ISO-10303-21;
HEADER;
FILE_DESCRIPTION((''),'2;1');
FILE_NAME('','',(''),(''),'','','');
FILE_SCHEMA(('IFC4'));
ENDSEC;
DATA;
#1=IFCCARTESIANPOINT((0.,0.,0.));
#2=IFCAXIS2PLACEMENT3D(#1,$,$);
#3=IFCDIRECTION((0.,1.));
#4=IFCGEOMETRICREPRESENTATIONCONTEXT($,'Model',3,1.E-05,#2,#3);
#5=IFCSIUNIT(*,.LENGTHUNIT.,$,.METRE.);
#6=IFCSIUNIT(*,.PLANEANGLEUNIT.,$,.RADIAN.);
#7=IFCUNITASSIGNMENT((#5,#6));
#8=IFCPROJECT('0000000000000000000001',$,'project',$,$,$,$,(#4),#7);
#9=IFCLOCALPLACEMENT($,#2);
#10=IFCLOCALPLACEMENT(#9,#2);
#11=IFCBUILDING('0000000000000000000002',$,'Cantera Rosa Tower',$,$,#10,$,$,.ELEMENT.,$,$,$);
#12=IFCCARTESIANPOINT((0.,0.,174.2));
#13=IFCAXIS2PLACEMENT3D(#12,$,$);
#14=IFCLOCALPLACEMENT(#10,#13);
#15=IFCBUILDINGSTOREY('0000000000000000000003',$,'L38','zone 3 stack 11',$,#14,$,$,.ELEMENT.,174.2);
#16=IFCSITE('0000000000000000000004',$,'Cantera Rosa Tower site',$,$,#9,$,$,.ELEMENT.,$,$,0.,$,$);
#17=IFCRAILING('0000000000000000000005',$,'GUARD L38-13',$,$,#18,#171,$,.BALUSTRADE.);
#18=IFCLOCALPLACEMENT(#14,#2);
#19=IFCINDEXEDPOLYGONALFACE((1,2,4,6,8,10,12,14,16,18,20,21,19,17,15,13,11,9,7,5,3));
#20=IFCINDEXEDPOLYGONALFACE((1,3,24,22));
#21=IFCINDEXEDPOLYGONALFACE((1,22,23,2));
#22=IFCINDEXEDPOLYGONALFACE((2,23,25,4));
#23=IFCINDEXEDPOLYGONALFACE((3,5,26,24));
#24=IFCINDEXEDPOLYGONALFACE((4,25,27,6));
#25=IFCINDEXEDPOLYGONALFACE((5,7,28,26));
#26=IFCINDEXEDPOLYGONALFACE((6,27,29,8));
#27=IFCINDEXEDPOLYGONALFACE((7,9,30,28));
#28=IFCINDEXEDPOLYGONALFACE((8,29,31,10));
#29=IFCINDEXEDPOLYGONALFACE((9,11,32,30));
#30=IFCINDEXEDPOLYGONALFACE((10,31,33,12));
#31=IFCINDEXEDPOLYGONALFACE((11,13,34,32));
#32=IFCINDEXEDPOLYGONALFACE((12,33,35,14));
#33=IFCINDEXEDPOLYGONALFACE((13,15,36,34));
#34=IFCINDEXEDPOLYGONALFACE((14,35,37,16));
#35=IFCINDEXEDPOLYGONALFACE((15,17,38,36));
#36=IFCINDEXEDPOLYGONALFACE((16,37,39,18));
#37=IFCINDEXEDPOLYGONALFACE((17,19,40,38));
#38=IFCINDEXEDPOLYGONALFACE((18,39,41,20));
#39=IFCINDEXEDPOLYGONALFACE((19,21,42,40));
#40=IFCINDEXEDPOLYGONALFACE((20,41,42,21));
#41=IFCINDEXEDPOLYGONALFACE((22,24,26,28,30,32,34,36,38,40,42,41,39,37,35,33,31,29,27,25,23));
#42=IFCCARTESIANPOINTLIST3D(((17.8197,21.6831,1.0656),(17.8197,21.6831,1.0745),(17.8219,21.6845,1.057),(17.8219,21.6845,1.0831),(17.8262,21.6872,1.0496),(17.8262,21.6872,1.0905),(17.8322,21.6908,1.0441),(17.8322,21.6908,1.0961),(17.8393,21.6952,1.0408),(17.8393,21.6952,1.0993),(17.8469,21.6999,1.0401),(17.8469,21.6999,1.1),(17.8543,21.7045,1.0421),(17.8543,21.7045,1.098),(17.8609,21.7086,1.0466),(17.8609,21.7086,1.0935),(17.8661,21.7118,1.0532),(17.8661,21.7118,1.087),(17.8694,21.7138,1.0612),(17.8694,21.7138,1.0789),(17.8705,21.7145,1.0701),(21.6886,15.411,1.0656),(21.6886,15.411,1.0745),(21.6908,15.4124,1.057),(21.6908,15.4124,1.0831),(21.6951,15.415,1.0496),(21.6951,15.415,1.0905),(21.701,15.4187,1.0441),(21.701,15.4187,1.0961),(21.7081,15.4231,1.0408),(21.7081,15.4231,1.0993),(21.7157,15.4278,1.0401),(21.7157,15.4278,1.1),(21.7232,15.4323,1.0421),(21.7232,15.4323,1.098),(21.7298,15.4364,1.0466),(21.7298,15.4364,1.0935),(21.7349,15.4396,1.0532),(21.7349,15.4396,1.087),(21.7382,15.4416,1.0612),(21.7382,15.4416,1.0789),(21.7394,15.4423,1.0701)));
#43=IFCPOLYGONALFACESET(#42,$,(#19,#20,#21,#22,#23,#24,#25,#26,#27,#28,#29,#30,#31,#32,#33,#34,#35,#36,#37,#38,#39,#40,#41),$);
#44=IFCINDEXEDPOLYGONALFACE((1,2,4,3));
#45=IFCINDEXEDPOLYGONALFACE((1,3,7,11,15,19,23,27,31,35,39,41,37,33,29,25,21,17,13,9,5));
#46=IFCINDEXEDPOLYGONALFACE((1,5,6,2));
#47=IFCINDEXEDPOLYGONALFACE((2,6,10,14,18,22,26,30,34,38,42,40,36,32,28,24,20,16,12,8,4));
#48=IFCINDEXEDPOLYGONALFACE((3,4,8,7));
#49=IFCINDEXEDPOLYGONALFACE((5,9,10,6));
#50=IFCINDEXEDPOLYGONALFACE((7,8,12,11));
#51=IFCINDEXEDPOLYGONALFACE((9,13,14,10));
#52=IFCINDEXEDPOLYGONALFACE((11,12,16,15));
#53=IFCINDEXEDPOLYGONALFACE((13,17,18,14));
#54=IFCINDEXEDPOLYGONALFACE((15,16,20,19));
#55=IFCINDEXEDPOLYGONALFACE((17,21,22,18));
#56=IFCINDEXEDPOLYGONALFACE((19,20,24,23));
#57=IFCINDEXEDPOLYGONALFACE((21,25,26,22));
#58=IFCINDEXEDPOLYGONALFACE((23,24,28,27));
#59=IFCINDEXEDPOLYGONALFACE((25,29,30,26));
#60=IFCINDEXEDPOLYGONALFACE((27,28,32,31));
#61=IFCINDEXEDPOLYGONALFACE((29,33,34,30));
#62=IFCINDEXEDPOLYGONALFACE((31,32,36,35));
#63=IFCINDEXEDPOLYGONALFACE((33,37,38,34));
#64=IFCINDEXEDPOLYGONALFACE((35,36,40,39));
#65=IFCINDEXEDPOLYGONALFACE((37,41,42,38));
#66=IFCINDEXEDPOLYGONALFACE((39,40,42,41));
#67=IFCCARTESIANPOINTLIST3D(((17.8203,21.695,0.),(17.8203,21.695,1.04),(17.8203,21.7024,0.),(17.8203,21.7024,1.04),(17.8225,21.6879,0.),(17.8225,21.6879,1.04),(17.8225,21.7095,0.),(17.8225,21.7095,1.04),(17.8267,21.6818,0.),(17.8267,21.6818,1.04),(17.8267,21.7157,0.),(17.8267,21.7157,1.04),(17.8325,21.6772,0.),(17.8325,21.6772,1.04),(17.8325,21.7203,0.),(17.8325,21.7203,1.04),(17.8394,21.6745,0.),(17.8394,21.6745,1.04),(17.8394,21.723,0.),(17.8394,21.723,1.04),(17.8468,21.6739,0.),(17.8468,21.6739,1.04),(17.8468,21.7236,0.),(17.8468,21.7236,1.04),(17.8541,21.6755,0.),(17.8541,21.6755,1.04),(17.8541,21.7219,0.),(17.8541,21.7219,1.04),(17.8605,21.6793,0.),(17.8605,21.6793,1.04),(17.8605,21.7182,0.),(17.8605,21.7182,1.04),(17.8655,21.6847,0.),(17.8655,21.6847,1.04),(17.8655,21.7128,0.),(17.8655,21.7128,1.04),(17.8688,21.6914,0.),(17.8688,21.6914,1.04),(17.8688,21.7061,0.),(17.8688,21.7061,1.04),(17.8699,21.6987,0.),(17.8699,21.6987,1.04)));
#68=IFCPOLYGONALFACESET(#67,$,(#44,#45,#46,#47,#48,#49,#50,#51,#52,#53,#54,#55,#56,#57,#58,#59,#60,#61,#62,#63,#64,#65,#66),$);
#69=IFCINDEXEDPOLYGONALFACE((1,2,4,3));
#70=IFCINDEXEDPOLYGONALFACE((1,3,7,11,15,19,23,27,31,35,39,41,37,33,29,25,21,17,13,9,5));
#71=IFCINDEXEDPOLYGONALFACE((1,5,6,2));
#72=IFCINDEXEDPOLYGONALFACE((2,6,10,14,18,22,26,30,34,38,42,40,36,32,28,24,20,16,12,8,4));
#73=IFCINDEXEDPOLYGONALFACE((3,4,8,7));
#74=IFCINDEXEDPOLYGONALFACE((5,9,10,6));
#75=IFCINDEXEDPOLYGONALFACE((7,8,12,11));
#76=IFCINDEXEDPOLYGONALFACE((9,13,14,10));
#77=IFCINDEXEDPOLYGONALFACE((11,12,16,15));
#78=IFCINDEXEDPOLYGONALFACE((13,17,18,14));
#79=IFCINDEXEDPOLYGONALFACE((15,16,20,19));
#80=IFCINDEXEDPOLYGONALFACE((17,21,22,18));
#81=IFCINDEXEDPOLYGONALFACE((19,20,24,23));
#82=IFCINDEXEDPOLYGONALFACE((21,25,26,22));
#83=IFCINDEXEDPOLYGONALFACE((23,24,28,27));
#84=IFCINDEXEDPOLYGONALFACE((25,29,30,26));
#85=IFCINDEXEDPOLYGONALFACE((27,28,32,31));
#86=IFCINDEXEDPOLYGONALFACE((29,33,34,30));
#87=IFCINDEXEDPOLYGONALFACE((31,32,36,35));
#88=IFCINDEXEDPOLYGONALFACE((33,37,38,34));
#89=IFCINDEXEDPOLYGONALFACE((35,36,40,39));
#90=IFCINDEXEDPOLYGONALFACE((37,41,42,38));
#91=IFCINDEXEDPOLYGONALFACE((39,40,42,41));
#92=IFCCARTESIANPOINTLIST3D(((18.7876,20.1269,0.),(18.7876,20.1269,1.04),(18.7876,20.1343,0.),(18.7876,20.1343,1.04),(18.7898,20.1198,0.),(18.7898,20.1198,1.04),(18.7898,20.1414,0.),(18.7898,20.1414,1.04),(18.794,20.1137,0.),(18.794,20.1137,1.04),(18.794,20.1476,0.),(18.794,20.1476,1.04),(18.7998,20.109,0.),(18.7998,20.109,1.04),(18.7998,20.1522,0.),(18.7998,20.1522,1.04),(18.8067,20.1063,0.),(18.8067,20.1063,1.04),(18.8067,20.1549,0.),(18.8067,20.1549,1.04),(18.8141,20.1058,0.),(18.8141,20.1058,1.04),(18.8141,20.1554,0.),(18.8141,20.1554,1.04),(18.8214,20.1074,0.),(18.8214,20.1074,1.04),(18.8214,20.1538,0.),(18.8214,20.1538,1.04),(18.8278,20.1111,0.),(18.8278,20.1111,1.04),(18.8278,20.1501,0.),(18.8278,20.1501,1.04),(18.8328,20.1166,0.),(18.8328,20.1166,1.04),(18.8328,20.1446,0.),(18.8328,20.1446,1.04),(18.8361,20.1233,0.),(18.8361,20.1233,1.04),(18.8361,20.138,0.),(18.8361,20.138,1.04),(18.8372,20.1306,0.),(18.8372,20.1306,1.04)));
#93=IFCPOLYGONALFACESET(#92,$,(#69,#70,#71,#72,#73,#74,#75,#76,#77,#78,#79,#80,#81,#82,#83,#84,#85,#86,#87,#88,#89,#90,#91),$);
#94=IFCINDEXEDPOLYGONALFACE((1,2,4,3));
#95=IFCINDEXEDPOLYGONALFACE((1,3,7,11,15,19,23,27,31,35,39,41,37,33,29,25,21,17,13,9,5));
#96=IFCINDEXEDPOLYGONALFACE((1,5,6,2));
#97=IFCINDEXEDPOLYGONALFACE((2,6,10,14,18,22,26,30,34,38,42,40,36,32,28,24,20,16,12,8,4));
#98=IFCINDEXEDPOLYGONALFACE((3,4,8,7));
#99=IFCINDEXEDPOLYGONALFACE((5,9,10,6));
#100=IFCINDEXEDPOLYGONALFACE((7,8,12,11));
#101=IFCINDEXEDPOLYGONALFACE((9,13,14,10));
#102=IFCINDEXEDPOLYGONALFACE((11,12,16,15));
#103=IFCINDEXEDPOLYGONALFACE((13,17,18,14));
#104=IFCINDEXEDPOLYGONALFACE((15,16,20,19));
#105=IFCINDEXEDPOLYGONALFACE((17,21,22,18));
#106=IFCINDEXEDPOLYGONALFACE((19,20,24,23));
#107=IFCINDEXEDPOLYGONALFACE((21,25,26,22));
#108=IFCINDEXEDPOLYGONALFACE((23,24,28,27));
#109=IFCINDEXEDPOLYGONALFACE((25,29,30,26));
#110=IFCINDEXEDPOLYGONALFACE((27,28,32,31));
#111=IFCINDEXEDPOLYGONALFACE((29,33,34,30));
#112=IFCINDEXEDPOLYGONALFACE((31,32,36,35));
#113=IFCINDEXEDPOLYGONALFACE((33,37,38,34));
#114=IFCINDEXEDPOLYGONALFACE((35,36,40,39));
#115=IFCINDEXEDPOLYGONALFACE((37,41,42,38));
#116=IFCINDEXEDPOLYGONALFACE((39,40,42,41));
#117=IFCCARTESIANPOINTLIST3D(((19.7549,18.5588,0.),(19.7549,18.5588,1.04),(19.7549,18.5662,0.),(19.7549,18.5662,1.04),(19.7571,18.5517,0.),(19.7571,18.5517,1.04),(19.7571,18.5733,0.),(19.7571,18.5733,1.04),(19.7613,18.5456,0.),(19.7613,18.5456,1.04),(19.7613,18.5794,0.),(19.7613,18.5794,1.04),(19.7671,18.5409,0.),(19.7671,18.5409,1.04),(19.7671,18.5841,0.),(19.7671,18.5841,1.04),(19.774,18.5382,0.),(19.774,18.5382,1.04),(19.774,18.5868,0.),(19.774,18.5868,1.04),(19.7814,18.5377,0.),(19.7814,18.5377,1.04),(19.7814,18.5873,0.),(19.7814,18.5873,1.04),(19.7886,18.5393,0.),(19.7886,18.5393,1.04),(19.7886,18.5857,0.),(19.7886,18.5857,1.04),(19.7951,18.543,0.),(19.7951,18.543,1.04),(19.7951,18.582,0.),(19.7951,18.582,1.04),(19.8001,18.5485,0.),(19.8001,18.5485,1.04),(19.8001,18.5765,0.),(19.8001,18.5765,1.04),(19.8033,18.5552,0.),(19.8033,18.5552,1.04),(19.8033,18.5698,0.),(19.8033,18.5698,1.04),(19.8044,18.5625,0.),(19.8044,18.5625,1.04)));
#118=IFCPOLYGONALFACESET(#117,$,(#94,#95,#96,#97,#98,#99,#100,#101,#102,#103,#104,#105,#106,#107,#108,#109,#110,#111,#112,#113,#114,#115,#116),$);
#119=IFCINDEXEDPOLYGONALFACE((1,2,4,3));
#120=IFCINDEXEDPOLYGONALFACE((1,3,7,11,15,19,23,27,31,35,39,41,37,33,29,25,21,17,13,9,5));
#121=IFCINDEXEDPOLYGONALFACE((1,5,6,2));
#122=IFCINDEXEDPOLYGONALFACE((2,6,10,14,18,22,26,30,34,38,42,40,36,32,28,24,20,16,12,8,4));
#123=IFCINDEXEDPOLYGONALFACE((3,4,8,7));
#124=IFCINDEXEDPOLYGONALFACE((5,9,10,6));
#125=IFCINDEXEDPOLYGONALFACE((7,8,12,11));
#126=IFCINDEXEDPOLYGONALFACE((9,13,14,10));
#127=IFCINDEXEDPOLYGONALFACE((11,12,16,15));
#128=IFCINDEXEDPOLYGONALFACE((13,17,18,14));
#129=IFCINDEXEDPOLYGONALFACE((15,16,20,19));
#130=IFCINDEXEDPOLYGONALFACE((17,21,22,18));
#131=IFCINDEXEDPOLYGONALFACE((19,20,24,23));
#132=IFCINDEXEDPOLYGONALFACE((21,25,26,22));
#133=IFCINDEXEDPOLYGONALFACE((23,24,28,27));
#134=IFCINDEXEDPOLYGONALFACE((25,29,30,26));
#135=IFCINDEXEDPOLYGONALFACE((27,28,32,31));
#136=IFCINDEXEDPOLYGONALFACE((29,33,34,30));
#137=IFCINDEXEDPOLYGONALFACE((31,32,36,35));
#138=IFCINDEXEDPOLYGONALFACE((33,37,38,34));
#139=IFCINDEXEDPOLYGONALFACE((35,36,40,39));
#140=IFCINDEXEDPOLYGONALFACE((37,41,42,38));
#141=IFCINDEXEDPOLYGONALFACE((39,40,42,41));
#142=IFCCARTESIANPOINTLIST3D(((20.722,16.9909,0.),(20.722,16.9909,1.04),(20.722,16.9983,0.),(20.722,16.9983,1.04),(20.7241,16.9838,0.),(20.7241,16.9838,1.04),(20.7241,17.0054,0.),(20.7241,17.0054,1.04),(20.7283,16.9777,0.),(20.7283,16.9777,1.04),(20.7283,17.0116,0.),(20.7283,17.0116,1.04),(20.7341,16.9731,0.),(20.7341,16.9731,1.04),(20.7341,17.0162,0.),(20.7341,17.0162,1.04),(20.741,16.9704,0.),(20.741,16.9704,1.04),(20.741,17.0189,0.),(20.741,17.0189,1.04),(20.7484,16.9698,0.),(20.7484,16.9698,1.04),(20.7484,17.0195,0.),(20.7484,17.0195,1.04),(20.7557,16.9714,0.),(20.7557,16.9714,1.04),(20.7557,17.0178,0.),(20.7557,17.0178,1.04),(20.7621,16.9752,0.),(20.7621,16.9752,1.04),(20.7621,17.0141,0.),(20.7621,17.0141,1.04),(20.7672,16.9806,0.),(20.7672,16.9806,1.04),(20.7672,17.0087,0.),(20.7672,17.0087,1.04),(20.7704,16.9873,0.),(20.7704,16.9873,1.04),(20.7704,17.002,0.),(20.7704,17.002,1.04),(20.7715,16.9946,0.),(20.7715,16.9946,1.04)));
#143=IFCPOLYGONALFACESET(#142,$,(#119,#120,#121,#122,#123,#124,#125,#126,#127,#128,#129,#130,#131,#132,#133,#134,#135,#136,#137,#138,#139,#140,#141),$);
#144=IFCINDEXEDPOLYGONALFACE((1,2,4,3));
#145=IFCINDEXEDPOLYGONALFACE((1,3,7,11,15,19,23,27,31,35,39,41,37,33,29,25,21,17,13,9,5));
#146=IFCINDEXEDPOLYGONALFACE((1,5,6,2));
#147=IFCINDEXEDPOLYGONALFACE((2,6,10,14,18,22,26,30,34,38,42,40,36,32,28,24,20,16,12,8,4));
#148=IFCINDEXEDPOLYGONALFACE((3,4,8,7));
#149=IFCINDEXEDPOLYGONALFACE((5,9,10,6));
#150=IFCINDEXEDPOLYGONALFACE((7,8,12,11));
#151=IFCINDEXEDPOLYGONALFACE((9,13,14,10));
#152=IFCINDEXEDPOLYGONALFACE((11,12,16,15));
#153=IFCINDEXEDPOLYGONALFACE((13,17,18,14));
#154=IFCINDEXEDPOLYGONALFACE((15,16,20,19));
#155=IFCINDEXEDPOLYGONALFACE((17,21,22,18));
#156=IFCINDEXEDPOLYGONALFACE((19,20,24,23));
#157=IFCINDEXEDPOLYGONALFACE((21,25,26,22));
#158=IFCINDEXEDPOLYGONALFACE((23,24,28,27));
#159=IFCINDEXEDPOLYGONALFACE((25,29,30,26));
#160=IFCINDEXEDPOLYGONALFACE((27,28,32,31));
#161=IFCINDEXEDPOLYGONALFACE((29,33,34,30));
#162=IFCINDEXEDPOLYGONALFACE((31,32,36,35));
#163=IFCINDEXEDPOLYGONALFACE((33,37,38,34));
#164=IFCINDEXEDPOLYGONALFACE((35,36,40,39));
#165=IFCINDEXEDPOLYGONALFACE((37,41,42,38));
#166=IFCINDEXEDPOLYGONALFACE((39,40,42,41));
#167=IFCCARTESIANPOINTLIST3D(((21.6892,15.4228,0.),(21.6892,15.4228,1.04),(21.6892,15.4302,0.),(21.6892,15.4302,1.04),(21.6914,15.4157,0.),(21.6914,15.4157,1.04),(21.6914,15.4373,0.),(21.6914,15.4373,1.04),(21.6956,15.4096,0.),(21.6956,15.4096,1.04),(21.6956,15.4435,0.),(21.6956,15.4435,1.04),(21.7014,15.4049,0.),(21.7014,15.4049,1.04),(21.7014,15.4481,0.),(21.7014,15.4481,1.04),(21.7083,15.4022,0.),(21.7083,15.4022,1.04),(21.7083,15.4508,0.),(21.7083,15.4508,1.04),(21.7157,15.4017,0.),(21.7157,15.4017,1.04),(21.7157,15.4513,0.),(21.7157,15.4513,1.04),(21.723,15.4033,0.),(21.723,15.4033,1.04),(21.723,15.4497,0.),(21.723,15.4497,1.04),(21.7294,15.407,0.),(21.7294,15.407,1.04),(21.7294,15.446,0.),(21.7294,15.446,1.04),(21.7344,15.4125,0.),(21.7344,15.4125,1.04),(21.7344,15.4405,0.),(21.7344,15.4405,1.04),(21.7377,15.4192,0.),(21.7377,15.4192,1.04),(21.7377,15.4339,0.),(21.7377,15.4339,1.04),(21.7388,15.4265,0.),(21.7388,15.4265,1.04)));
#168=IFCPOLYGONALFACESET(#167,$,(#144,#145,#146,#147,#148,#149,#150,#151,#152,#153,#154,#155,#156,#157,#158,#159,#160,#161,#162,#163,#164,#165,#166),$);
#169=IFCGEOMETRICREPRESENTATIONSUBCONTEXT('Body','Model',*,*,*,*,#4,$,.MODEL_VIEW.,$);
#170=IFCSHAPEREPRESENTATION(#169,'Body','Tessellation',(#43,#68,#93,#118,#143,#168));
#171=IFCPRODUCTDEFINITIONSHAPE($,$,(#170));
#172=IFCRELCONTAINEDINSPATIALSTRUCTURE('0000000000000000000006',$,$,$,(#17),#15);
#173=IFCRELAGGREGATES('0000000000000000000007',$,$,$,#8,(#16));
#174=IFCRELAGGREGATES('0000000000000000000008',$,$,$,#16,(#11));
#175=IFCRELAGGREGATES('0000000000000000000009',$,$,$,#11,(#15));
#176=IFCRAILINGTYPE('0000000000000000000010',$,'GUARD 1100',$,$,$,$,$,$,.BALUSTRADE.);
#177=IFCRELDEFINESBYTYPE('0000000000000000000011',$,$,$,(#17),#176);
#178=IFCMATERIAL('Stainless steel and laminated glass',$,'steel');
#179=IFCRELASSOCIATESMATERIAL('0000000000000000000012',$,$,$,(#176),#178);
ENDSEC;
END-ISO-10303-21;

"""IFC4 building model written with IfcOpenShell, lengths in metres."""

from ifc_helpers import new_model, si_unit, direction, frame, origin, origin_2d, place, context, subcontext, project, spatial, circle, extrude, material, type_object, element, save


model = new_model("IFC4")

# Units and contexts
model_context = context("Model", 3, precision=1e-05, world=origin(), true_north=direction((0.0, 1.0)))
body_context = subcontext(model_context, "Body", "Model", "MODEL_VIEW")
ifc_project = project(units=[si_unit("LENGTHUNIT", "METRE"), si_unit("PLANEANGLEUNIT", "RADIAN")], contexts=[model_context])

# Site, building, storey
site_placement = place(None, origin())
site = spatial("IfcSite", under=ifc_project, at=site_placement, Name="Cantera Rosa Tower site", CompositionType="ELEMENT", RefElevation=0.0)
building_placement = place(site_placement, origin())
building = spatial("IfcBuilding", under=site, at=building_placement, Name="Cantera Rosa Tower", CompositionType="ELEMENT")
storey_placement = place(building_placement, frame((0.0, 0.0, 174.2)))
storey = spatial("IfcBuildingStorey", under=building, at=storey_placement, Name="L38", Description="zone 3 stack 11", CompositionType="ELEMENT", Elevation=174.2)

# Railing
ifc_material_1 = material(Name="Stainless steel and laminated glass", Category="steel")
railing_type = type_object("IfcRailingType", Name="GUARD 1100", PredefinedType="BALUSTRADE", material=ifc_material_1)
railing_1_placement = place(storey_placement, frame((17.845, 21.6987, 0.0)))
element("IfcRailing", 1, at=railing_1_placement, inside=storey, type_object=railing_type, Name="GUARD L38-13", PredefinedType="BALUSTRADE", context=body_context, shape_type="SweptSolid", body=[
    extrude(circle(Radius=0.03, at=origin_2d()), frame((0.0, 0.0, 1.0701), z_axis=(0.52499, -0.851108, 0.0), x_axis=(0.851108, 0.52499, 0.0)), (0.0, 0.0, 1.0), 7.3694),
    extrude(circle(Radius=0.0249, at=origin_2d()), origin(), (0.0, 0.0, 1.0), 1.04),
    extrude(circle(Radius=0.0249, at=origin_2d()), frame((0.9673, -1.5681, 0.0)), (0.0, 0.0, 1.0), 1.04),
    extrude(circle(Radius=0.0249, at=origin_2d()), frame((1.9346, -3.1362, 0.0)), (0.0, 0.0, 1.0), 1.04),
    extrude(circle(Radius=0.0249, at=origin_2d()), frame((2.9016, -4.7041, 0.0)), (0.0, 0.0, 1.0), 1.04),
    extrude(circle(Radius=0.0249, at=origin_2d()), frame((3.8689, -6.2722, 0.0)), (0.0, 0.0, 1.0), 1.04),
])

save(model, "model.ifc")
